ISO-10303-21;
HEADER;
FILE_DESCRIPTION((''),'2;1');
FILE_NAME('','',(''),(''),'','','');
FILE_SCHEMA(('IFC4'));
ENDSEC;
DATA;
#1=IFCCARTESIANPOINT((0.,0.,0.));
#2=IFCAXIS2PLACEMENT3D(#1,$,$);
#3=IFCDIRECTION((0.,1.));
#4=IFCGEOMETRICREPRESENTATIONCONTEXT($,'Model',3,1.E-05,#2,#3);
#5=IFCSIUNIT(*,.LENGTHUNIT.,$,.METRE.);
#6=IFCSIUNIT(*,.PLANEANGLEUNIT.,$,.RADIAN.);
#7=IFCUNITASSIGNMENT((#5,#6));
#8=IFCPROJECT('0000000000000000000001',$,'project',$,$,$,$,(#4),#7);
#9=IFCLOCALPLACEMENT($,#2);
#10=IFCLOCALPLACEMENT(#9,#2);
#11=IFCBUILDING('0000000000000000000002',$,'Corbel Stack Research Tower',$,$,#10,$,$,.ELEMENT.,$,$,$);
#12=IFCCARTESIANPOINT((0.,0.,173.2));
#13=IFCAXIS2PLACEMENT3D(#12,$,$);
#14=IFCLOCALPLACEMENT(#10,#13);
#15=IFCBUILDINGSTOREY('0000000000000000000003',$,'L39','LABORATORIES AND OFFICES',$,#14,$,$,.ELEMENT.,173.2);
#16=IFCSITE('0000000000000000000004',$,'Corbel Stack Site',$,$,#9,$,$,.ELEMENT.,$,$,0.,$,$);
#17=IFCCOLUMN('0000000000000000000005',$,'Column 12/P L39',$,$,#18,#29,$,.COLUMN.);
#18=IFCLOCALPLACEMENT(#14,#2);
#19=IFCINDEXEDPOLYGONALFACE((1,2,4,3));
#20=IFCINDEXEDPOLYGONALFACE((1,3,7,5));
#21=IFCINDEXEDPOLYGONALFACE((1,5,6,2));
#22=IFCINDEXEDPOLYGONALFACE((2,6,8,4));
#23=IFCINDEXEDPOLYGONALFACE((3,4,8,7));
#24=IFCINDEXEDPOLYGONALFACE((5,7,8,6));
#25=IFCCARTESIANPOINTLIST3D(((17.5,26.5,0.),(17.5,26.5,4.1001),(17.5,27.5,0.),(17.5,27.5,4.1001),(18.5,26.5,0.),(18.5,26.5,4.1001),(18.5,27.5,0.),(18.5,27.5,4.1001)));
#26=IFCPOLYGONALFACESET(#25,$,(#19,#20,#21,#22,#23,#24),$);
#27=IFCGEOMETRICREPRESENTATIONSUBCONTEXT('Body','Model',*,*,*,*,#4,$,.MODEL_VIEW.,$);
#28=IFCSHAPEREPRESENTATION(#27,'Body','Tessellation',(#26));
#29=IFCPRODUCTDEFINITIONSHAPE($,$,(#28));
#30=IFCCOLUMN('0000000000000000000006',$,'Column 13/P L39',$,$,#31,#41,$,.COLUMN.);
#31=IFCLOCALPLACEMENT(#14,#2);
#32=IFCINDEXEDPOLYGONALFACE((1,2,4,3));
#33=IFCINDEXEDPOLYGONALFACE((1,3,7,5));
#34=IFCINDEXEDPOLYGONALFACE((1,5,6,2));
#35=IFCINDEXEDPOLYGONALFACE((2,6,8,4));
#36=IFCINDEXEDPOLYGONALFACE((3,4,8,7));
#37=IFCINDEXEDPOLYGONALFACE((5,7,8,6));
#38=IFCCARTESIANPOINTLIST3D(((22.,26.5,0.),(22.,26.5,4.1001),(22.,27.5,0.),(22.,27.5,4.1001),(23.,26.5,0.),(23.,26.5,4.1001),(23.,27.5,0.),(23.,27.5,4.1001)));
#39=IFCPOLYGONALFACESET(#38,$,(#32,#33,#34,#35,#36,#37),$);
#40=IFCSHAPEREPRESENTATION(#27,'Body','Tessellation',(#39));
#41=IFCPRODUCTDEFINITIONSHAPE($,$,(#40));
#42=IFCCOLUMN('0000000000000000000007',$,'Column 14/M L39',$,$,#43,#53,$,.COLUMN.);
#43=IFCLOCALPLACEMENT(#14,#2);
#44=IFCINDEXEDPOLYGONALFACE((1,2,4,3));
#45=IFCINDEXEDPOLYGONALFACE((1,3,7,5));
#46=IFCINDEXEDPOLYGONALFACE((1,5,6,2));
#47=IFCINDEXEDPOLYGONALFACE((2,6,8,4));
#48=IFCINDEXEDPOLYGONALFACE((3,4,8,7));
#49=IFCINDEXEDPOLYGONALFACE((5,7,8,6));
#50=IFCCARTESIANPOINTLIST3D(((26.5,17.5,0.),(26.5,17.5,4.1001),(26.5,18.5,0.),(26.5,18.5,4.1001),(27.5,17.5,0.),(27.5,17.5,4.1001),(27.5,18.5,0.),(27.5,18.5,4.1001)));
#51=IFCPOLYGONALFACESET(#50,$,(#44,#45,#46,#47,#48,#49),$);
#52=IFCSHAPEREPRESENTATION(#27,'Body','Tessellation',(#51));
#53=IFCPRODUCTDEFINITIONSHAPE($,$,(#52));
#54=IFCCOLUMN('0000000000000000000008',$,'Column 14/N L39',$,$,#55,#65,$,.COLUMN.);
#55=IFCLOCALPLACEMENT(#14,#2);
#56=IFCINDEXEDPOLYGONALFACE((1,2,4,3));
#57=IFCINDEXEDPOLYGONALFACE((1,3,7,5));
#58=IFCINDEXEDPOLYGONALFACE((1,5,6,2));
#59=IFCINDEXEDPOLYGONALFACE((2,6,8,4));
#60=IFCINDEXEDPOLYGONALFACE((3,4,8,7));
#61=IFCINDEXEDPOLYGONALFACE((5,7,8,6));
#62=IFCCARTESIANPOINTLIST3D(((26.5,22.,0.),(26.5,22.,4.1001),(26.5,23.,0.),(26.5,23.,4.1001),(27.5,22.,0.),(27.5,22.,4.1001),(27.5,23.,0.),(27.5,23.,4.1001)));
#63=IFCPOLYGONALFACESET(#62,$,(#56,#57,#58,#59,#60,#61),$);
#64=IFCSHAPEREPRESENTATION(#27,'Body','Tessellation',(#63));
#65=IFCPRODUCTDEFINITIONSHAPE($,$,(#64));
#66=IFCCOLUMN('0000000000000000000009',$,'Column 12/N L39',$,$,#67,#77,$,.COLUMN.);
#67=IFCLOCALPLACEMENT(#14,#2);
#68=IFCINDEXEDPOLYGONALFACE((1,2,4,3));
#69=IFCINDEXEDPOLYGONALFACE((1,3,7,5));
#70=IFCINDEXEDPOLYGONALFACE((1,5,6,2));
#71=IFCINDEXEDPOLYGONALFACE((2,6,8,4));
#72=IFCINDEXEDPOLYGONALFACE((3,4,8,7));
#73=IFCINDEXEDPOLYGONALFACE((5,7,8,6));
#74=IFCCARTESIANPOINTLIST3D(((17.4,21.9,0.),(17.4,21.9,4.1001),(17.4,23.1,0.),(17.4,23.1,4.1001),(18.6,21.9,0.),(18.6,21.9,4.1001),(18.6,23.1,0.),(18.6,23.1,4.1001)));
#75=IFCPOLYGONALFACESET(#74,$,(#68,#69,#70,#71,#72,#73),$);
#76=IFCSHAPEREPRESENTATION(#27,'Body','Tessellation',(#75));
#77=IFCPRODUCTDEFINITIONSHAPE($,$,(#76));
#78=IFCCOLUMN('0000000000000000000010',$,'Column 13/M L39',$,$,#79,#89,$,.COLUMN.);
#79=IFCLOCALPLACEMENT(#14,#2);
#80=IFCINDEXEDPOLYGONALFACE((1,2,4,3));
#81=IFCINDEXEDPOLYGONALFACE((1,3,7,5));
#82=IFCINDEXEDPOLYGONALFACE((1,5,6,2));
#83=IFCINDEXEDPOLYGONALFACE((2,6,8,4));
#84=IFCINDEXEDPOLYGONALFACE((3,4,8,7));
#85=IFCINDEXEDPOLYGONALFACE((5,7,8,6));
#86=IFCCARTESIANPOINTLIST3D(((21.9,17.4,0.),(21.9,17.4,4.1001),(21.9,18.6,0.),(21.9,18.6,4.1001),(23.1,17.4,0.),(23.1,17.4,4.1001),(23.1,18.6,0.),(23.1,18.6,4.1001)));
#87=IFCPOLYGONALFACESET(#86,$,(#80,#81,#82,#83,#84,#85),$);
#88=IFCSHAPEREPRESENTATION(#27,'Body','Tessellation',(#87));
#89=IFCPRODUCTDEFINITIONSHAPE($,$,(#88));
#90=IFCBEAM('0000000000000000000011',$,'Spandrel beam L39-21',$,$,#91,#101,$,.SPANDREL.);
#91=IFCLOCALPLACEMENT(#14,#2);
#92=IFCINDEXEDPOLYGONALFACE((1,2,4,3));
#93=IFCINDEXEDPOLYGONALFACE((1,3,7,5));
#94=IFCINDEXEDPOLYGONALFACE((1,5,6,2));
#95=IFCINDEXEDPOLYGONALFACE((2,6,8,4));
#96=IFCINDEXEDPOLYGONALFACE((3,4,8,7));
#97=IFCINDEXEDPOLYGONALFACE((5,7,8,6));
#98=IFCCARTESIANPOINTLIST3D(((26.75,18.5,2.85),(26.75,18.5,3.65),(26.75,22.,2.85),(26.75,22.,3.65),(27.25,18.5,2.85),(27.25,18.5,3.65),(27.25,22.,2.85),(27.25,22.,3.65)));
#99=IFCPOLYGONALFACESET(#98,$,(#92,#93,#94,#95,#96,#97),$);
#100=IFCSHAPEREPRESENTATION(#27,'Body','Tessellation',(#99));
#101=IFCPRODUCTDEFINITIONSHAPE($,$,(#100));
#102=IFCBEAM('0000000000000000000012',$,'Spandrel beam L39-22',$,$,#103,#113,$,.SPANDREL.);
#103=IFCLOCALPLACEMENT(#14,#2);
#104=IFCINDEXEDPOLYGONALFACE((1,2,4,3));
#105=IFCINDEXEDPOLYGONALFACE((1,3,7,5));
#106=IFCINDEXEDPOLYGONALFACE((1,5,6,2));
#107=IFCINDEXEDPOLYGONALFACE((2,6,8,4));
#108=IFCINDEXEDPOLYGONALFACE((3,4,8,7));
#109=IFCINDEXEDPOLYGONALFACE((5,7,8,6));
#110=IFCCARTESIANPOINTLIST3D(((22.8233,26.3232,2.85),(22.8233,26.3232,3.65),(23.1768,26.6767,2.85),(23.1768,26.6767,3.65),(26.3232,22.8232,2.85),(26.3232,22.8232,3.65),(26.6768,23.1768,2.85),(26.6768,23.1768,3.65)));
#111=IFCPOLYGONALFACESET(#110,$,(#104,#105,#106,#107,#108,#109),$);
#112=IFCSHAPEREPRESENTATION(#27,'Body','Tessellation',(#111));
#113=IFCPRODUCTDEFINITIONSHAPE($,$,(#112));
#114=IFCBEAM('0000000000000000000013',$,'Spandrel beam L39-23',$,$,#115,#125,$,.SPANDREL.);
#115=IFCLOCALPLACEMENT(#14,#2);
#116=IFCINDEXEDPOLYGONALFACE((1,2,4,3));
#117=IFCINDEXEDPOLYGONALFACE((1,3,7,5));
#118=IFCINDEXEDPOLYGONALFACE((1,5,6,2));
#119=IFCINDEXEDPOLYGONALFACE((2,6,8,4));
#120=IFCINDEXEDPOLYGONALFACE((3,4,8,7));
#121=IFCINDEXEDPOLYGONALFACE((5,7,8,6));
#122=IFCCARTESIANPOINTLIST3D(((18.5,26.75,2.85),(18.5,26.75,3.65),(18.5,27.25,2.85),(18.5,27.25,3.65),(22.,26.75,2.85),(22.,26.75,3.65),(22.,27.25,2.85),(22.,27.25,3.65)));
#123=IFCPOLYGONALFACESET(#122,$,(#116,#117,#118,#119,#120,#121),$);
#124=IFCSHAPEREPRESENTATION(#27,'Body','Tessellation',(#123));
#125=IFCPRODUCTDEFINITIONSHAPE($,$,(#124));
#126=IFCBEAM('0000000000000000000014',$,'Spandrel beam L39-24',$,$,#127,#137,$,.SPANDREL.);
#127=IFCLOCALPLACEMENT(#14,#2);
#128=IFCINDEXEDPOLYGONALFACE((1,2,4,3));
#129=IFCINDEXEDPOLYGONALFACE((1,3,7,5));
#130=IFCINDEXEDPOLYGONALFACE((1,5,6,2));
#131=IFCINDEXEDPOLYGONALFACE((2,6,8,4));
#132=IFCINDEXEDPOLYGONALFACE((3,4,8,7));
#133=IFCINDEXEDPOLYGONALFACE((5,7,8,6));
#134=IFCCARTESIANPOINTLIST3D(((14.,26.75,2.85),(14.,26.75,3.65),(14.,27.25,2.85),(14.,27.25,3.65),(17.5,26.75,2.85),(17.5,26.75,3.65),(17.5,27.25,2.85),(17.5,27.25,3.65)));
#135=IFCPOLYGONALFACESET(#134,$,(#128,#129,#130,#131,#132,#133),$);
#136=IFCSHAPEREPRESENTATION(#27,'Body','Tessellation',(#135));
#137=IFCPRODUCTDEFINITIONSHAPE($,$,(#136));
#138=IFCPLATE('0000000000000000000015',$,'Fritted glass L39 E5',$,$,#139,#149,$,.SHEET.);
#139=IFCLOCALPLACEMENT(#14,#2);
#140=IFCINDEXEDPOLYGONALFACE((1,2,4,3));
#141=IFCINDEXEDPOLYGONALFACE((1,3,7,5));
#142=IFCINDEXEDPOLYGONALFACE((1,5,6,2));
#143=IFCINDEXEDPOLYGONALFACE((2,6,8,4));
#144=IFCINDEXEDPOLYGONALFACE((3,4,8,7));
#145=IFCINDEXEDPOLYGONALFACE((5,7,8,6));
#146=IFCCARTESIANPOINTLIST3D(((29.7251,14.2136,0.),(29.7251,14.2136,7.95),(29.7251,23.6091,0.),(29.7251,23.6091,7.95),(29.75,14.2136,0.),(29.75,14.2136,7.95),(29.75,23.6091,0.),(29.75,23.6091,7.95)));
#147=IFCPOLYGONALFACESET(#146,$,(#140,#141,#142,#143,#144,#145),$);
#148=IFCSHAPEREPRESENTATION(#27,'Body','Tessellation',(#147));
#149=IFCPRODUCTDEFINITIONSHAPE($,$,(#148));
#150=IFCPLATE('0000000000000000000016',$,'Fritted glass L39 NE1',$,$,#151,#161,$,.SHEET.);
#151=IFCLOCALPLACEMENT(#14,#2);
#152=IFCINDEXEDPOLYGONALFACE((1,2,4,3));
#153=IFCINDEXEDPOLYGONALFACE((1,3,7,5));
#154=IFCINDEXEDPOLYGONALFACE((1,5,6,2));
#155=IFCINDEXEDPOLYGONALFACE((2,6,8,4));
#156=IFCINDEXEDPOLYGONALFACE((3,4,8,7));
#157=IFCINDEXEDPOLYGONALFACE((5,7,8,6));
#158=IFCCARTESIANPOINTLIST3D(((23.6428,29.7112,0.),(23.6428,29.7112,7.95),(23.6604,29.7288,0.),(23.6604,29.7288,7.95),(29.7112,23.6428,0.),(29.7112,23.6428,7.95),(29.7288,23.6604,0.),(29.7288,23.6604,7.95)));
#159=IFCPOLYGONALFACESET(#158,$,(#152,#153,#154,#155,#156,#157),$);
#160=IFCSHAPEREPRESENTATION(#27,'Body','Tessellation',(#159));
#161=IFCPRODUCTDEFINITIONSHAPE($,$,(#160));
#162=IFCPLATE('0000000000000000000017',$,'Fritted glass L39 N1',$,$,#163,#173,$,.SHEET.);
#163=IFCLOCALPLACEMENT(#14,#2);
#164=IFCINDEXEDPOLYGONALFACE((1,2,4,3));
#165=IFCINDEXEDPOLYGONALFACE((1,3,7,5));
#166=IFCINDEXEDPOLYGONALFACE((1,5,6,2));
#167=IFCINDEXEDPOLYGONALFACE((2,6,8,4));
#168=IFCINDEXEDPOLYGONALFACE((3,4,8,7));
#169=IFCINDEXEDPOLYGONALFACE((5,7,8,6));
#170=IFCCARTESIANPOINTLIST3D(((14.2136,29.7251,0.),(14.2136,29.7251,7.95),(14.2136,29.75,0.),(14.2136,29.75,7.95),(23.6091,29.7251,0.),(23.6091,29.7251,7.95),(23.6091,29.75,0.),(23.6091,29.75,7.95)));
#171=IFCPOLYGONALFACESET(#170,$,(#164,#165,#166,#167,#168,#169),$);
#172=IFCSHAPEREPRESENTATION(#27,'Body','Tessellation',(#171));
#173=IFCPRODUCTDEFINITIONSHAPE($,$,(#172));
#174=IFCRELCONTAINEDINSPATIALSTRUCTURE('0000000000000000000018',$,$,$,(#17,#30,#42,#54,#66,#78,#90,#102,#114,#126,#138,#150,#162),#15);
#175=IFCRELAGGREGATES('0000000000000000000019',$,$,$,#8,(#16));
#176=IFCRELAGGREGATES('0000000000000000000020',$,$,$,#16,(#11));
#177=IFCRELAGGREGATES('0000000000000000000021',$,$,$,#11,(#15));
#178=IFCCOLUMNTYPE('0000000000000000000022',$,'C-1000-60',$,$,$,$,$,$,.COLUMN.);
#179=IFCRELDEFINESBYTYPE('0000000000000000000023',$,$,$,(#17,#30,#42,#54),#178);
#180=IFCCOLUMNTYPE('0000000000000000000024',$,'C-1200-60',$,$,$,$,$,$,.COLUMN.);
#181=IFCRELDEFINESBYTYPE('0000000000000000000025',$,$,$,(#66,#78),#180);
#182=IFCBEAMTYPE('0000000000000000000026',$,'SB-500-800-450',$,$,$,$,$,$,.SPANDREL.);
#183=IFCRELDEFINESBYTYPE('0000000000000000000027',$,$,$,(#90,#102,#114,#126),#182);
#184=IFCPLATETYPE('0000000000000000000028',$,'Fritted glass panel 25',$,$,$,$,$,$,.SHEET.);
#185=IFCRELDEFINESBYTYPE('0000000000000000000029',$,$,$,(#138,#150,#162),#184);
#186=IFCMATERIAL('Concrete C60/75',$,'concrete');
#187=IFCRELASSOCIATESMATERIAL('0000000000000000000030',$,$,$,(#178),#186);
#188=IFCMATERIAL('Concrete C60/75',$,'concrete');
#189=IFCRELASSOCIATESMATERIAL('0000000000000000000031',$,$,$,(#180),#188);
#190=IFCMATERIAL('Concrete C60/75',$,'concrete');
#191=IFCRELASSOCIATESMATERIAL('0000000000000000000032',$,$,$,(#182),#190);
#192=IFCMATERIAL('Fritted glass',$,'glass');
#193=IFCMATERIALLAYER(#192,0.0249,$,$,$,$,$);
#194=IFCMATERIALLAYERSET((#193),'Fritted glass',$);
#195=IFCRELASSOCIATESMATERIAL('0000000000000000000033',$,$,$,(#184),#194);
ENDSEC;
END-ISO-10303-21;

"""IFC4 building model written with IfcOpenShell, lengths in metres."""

from ifc_helpers import new_model, si_unit, direction, frame, origin, origin_2d, place, context, subcontext, project, spatial, rectangle, extrude, material, layer, layer_set, material_profile, profile_set, type_object, element, save


model = new_model("IFC4")

# Units and contexts
model_context = context("Model", 3, precision=1e-05, world=origin(), true_north=direction((0.0, 1.0)))
body_context = subcontext(model_context, "Body", "Model", "MODEL_VIEW")
ifc_project = project(units=[si_unit("LENGTHUNIT", "METRE"), si_unit("PLANEANGLEUNIT", "RADIAN")], contexts=[model_context])

# Site, building, storey
site_placement = place(None, origin())
site = spatial("IfcSite", under=ifc_project, at=site_placement, Name="Corbel Stack Site", CompositionType="ELEMENT", RefElevation=0.0)
building_placement = place(site_placement, origin())
building = spatial("IfcBuilding", under=site, at=building_placement, Name="Corbel Stack Research Tower", CompositionType="ELEMENT")
storey_placement = place(building_placement, frame((0.0, 0.0, 173.2)))
storey = spatial("IfcBuildingStorey", under=building, at=storey_placement, Name="L39", Description="LABORATORIES AND OFFICES", CompositionType="ELEMENT", Elevation=173.2)

# Columns
ifc_material_1 = material(Name="Concrete C60/75", Category="concrete")
ifc_material_profile_1 = material_profile(ifc_material_1, rectangle(XDim=1.0, YDim=1.0, at=origin_2d()), Name="RC 1000 x 1000")
ifc_profile_set_1 = profile_set([ifc_material_profile_1], Name="Concrete C60/75")
column_type_1 = type_object("IfcColumnType", Name="C-1000-60", PredefinedType="COLUMN", material=ifc_profile_set_1)
for number, where, z_axis, x_axis, name in (
    (1, (18.0, 27.0, 0.0), (0.0, 0.0, 1.0), (1.0, 0.0, 0.0), "Column 12/P L39"),
    (2, (22.5, 27.0, 0.0), (0.0, 0.0, 1.0), (1.0, 0.0, 0.0), "Column 13/P L39"),
    (3, (27.0, 18.0, 0.0), (0.0, 0.0, 1.0), (1.0, 0.0, 0.0), "Column 14/M L39"),
    (4, (27.0, 22.5, 0.0), (0.0, 0.0, 1.0), (1.0, 0.0, 0.0), "Column 14/N L39"),
):
    element("IfcColumn", number, at=place(storey_placement, frame(where, z_axis=z_axis, x_axis=x_axis)), inside=storey, type_object=column_type_1, Name=name, PredefinedType="COLUMN", context=body_context, shape_type="SweptSolid", body=[
        extrude(rectangle(XDim=1.0, YDim=1.0, at=origin_2d()), origin(), (0.0, 0.0, 1.0), 4.1001),
    ])
ifc_material_2 = material(Name="Concrete C60/75", Category="concrete")
ifc_material_profile_2 = material_profile(ifc_material_2, rectangle(XDim=1.2, YDim=1.2, at=origin_2d()), Name="RC 1200 x 1200")
ifc_profile_set_2 = profile_set([ifc_material_profile_2], Name="Concrete C60/75")
column_type_2 = type_object("IfcColumnType", Name="C-1200-60", PredefinedType="COLUMN", material=ifc_profile_set_2)
for number, where, z_axis, x_axis, name in (
    (5, (18.0, 22.5, 0.0), (0.0, 0.0, 1.0), (1.0, 0.0, 0.0), "Column 12/N L39"),
    (6, (22.5, 18.0, 0.0), (0.0, 0.0, 1.0), (1.0, 0.0, 0.0), "Column 13/M L39"),
):
    element("IfcColumn", number, at=place(storey_placement, frame(where, z_axis=z_axis, x_axis=x_axis)), inside=storey, type_object=column_type_2, Name=name, PredefinedType="COLUMN", context=body_context, shape_type="SweptSolid", body=[
        extrude(rectangle(XDim=1.2, YDim=1.2, at=origin_2d()), origin(), (0.0, 0.0, 1.0), 4.1001),
    ])

# Beams
ifc_material_3 = material(Name="Concrete C60/75", Category="concrete")
ifc_material_profile_3 = material_profile(ifc_material_3, rectangle(XDim=0.5, YDim=0.8, at=origin_2d()), Name="RC 500 x 800")
ifc_profile_set_3 = profile_set([ifc_material_profile_3], Name="Concrete C60/75")
beam_type = type_object("IfcBeamType", Name="SB-500-800-450", PredefinedType="SPANDREL", material=ifc_profile_set_3)
beam_1_placement = place(storey_placement, frame((27.0, 18.5, 3.25), z_axis=(0.0, 1.0, 0.0), x_axis=(-1.0, 0.0, 0.0)))
element("IfcBeam", 7, at=beam_1_placement, inside=storey, type_object=beam_type, Name="Spandrel beam L39-21", PredefinedType="SPANDREL", context=body_context, shape_type="SweptSolid", body=[
    extrude(rectangle(XDim=0.5, YDim=0.8, at=origin_2d()), origin(), (0.0, 0.0, 1.0), 3.5),
])
beam_2_placement = place(storey_placement, frame((26.5, 23.0, 3.25), z_axis=(-0.707107, 0.707107, 0.0), x_axis=(-0.707107, -0.707107, 0.0)))
element("IfcBeam", 8, at=beam_2_placement, inside=storey, type_object=beam_type, Name="Spandrel beam L39-22", PredefinedType="SPANDREL", context=body_context, shape_type="SweptSolid", body=[
    extrude(rectangle(XDim=0.5, YDim=0.8, at=origin_2d()), origin(), (0.0, 0.0, 1.0), 4.9497),
])
for number, where, z_axis, x_axis, name in (
    (9, (22.0, 27.0, 3.25), (-1.0, 0.0, 0.0), (0.0, -1.0, 0.0), "Spandrel beam L39-23"),
    (10, (17.5, 27.0, 3.25), (-1.0, 0.0, 0.0), (0.0, -1.0, 0.0), "Spandrel beam L39-24"),
):
    element("IfcBeam", number, at=place(storey_placement, frame(where, z_axis=z_axis, x_axis=x_axis)), inside=storey, type_object=beam_type, Name=name, PredefinedType="SPANDREL", context=body_context, shape_type="SweptSolid", body=[
        extrude(rectangle(XDim=0.5, YDim=0.8, at=origin_2d()), origin(), (0.0, 0.0, 1.0), 3.5),
    ])

# Plates
ifc_material_4 = material(Name="Fritted glass", Category="glass")
ifc_layer_1 = layer(ifc_material_4, 0.0249)
ifc_layer_set_1 = layer_set([ifc_layer_1], Name="Fritted glass")
plate_type = type_object("IfcPlateType", Name="Fritted glass panel 25", PredefinedType="SHEET", material=ifc_layer_set_1)
plate_1_placement = place(storey_placement, frame((29.7375, 18.9114, 0.0), z_axis=(0.0, 0.0, 1.0), x_axis=(0.0, 1.0, 0.0)))
element("IfcPlate", 11, at=plate_1_placement, inside=storey, type_object=plate_type, Name="Fritted glass L39 E5", PredefinedType="SHEET", context=body_context, shape_type="SweptSolid", body=[
    extrude(rectangle(XDim=9.3955, YDim=0.0249, at=origin_2d()), origin(), (0.0, 0.0, 1.0), 7.95),
])
plate_2_placement = place(storey_placement, frame((26.6858, 26.6858, 0.0), z_axis=(0.0, 0.0, 1.0), x_axis=(-0.707107, 0.707107, 0.0)))
element("IfcPlate", 12, at=plate_2_placement, inside=storey, type_object=plate_type, Name="Fritted glass L39 NE1", PredefinedType="SHEET", context=body_context, shape_type="SweptSolid", body=[
    extrude(rectangle(XDim=8.582, YDim=0.0249, at=origin_2d()), origin(), (0.0, 0.0, 1.0), 7.95),
])
plate_3_placement = place(storey_placement, frame((18.9114, 29.7375, 0.0), z_axis=(0.0, 0.0, 1.0), x_axis=(-1.0, 0.0, 0.0)))
element("IfcPlate", 13, at=plate_3_placement, inside=storey, type_object=plate_type, Name="Fritted glass L39 N1", PredefinedType="SHEET", context=body_context, shape_type="SweptSolid", body=[
    extrude(rectangle(XDim=9.3955, YDim=0.0249, at=origin_2d()), origin(), (0.0, 0.0, 1.0), 7.95),
])

save(model, "model.ifc")
